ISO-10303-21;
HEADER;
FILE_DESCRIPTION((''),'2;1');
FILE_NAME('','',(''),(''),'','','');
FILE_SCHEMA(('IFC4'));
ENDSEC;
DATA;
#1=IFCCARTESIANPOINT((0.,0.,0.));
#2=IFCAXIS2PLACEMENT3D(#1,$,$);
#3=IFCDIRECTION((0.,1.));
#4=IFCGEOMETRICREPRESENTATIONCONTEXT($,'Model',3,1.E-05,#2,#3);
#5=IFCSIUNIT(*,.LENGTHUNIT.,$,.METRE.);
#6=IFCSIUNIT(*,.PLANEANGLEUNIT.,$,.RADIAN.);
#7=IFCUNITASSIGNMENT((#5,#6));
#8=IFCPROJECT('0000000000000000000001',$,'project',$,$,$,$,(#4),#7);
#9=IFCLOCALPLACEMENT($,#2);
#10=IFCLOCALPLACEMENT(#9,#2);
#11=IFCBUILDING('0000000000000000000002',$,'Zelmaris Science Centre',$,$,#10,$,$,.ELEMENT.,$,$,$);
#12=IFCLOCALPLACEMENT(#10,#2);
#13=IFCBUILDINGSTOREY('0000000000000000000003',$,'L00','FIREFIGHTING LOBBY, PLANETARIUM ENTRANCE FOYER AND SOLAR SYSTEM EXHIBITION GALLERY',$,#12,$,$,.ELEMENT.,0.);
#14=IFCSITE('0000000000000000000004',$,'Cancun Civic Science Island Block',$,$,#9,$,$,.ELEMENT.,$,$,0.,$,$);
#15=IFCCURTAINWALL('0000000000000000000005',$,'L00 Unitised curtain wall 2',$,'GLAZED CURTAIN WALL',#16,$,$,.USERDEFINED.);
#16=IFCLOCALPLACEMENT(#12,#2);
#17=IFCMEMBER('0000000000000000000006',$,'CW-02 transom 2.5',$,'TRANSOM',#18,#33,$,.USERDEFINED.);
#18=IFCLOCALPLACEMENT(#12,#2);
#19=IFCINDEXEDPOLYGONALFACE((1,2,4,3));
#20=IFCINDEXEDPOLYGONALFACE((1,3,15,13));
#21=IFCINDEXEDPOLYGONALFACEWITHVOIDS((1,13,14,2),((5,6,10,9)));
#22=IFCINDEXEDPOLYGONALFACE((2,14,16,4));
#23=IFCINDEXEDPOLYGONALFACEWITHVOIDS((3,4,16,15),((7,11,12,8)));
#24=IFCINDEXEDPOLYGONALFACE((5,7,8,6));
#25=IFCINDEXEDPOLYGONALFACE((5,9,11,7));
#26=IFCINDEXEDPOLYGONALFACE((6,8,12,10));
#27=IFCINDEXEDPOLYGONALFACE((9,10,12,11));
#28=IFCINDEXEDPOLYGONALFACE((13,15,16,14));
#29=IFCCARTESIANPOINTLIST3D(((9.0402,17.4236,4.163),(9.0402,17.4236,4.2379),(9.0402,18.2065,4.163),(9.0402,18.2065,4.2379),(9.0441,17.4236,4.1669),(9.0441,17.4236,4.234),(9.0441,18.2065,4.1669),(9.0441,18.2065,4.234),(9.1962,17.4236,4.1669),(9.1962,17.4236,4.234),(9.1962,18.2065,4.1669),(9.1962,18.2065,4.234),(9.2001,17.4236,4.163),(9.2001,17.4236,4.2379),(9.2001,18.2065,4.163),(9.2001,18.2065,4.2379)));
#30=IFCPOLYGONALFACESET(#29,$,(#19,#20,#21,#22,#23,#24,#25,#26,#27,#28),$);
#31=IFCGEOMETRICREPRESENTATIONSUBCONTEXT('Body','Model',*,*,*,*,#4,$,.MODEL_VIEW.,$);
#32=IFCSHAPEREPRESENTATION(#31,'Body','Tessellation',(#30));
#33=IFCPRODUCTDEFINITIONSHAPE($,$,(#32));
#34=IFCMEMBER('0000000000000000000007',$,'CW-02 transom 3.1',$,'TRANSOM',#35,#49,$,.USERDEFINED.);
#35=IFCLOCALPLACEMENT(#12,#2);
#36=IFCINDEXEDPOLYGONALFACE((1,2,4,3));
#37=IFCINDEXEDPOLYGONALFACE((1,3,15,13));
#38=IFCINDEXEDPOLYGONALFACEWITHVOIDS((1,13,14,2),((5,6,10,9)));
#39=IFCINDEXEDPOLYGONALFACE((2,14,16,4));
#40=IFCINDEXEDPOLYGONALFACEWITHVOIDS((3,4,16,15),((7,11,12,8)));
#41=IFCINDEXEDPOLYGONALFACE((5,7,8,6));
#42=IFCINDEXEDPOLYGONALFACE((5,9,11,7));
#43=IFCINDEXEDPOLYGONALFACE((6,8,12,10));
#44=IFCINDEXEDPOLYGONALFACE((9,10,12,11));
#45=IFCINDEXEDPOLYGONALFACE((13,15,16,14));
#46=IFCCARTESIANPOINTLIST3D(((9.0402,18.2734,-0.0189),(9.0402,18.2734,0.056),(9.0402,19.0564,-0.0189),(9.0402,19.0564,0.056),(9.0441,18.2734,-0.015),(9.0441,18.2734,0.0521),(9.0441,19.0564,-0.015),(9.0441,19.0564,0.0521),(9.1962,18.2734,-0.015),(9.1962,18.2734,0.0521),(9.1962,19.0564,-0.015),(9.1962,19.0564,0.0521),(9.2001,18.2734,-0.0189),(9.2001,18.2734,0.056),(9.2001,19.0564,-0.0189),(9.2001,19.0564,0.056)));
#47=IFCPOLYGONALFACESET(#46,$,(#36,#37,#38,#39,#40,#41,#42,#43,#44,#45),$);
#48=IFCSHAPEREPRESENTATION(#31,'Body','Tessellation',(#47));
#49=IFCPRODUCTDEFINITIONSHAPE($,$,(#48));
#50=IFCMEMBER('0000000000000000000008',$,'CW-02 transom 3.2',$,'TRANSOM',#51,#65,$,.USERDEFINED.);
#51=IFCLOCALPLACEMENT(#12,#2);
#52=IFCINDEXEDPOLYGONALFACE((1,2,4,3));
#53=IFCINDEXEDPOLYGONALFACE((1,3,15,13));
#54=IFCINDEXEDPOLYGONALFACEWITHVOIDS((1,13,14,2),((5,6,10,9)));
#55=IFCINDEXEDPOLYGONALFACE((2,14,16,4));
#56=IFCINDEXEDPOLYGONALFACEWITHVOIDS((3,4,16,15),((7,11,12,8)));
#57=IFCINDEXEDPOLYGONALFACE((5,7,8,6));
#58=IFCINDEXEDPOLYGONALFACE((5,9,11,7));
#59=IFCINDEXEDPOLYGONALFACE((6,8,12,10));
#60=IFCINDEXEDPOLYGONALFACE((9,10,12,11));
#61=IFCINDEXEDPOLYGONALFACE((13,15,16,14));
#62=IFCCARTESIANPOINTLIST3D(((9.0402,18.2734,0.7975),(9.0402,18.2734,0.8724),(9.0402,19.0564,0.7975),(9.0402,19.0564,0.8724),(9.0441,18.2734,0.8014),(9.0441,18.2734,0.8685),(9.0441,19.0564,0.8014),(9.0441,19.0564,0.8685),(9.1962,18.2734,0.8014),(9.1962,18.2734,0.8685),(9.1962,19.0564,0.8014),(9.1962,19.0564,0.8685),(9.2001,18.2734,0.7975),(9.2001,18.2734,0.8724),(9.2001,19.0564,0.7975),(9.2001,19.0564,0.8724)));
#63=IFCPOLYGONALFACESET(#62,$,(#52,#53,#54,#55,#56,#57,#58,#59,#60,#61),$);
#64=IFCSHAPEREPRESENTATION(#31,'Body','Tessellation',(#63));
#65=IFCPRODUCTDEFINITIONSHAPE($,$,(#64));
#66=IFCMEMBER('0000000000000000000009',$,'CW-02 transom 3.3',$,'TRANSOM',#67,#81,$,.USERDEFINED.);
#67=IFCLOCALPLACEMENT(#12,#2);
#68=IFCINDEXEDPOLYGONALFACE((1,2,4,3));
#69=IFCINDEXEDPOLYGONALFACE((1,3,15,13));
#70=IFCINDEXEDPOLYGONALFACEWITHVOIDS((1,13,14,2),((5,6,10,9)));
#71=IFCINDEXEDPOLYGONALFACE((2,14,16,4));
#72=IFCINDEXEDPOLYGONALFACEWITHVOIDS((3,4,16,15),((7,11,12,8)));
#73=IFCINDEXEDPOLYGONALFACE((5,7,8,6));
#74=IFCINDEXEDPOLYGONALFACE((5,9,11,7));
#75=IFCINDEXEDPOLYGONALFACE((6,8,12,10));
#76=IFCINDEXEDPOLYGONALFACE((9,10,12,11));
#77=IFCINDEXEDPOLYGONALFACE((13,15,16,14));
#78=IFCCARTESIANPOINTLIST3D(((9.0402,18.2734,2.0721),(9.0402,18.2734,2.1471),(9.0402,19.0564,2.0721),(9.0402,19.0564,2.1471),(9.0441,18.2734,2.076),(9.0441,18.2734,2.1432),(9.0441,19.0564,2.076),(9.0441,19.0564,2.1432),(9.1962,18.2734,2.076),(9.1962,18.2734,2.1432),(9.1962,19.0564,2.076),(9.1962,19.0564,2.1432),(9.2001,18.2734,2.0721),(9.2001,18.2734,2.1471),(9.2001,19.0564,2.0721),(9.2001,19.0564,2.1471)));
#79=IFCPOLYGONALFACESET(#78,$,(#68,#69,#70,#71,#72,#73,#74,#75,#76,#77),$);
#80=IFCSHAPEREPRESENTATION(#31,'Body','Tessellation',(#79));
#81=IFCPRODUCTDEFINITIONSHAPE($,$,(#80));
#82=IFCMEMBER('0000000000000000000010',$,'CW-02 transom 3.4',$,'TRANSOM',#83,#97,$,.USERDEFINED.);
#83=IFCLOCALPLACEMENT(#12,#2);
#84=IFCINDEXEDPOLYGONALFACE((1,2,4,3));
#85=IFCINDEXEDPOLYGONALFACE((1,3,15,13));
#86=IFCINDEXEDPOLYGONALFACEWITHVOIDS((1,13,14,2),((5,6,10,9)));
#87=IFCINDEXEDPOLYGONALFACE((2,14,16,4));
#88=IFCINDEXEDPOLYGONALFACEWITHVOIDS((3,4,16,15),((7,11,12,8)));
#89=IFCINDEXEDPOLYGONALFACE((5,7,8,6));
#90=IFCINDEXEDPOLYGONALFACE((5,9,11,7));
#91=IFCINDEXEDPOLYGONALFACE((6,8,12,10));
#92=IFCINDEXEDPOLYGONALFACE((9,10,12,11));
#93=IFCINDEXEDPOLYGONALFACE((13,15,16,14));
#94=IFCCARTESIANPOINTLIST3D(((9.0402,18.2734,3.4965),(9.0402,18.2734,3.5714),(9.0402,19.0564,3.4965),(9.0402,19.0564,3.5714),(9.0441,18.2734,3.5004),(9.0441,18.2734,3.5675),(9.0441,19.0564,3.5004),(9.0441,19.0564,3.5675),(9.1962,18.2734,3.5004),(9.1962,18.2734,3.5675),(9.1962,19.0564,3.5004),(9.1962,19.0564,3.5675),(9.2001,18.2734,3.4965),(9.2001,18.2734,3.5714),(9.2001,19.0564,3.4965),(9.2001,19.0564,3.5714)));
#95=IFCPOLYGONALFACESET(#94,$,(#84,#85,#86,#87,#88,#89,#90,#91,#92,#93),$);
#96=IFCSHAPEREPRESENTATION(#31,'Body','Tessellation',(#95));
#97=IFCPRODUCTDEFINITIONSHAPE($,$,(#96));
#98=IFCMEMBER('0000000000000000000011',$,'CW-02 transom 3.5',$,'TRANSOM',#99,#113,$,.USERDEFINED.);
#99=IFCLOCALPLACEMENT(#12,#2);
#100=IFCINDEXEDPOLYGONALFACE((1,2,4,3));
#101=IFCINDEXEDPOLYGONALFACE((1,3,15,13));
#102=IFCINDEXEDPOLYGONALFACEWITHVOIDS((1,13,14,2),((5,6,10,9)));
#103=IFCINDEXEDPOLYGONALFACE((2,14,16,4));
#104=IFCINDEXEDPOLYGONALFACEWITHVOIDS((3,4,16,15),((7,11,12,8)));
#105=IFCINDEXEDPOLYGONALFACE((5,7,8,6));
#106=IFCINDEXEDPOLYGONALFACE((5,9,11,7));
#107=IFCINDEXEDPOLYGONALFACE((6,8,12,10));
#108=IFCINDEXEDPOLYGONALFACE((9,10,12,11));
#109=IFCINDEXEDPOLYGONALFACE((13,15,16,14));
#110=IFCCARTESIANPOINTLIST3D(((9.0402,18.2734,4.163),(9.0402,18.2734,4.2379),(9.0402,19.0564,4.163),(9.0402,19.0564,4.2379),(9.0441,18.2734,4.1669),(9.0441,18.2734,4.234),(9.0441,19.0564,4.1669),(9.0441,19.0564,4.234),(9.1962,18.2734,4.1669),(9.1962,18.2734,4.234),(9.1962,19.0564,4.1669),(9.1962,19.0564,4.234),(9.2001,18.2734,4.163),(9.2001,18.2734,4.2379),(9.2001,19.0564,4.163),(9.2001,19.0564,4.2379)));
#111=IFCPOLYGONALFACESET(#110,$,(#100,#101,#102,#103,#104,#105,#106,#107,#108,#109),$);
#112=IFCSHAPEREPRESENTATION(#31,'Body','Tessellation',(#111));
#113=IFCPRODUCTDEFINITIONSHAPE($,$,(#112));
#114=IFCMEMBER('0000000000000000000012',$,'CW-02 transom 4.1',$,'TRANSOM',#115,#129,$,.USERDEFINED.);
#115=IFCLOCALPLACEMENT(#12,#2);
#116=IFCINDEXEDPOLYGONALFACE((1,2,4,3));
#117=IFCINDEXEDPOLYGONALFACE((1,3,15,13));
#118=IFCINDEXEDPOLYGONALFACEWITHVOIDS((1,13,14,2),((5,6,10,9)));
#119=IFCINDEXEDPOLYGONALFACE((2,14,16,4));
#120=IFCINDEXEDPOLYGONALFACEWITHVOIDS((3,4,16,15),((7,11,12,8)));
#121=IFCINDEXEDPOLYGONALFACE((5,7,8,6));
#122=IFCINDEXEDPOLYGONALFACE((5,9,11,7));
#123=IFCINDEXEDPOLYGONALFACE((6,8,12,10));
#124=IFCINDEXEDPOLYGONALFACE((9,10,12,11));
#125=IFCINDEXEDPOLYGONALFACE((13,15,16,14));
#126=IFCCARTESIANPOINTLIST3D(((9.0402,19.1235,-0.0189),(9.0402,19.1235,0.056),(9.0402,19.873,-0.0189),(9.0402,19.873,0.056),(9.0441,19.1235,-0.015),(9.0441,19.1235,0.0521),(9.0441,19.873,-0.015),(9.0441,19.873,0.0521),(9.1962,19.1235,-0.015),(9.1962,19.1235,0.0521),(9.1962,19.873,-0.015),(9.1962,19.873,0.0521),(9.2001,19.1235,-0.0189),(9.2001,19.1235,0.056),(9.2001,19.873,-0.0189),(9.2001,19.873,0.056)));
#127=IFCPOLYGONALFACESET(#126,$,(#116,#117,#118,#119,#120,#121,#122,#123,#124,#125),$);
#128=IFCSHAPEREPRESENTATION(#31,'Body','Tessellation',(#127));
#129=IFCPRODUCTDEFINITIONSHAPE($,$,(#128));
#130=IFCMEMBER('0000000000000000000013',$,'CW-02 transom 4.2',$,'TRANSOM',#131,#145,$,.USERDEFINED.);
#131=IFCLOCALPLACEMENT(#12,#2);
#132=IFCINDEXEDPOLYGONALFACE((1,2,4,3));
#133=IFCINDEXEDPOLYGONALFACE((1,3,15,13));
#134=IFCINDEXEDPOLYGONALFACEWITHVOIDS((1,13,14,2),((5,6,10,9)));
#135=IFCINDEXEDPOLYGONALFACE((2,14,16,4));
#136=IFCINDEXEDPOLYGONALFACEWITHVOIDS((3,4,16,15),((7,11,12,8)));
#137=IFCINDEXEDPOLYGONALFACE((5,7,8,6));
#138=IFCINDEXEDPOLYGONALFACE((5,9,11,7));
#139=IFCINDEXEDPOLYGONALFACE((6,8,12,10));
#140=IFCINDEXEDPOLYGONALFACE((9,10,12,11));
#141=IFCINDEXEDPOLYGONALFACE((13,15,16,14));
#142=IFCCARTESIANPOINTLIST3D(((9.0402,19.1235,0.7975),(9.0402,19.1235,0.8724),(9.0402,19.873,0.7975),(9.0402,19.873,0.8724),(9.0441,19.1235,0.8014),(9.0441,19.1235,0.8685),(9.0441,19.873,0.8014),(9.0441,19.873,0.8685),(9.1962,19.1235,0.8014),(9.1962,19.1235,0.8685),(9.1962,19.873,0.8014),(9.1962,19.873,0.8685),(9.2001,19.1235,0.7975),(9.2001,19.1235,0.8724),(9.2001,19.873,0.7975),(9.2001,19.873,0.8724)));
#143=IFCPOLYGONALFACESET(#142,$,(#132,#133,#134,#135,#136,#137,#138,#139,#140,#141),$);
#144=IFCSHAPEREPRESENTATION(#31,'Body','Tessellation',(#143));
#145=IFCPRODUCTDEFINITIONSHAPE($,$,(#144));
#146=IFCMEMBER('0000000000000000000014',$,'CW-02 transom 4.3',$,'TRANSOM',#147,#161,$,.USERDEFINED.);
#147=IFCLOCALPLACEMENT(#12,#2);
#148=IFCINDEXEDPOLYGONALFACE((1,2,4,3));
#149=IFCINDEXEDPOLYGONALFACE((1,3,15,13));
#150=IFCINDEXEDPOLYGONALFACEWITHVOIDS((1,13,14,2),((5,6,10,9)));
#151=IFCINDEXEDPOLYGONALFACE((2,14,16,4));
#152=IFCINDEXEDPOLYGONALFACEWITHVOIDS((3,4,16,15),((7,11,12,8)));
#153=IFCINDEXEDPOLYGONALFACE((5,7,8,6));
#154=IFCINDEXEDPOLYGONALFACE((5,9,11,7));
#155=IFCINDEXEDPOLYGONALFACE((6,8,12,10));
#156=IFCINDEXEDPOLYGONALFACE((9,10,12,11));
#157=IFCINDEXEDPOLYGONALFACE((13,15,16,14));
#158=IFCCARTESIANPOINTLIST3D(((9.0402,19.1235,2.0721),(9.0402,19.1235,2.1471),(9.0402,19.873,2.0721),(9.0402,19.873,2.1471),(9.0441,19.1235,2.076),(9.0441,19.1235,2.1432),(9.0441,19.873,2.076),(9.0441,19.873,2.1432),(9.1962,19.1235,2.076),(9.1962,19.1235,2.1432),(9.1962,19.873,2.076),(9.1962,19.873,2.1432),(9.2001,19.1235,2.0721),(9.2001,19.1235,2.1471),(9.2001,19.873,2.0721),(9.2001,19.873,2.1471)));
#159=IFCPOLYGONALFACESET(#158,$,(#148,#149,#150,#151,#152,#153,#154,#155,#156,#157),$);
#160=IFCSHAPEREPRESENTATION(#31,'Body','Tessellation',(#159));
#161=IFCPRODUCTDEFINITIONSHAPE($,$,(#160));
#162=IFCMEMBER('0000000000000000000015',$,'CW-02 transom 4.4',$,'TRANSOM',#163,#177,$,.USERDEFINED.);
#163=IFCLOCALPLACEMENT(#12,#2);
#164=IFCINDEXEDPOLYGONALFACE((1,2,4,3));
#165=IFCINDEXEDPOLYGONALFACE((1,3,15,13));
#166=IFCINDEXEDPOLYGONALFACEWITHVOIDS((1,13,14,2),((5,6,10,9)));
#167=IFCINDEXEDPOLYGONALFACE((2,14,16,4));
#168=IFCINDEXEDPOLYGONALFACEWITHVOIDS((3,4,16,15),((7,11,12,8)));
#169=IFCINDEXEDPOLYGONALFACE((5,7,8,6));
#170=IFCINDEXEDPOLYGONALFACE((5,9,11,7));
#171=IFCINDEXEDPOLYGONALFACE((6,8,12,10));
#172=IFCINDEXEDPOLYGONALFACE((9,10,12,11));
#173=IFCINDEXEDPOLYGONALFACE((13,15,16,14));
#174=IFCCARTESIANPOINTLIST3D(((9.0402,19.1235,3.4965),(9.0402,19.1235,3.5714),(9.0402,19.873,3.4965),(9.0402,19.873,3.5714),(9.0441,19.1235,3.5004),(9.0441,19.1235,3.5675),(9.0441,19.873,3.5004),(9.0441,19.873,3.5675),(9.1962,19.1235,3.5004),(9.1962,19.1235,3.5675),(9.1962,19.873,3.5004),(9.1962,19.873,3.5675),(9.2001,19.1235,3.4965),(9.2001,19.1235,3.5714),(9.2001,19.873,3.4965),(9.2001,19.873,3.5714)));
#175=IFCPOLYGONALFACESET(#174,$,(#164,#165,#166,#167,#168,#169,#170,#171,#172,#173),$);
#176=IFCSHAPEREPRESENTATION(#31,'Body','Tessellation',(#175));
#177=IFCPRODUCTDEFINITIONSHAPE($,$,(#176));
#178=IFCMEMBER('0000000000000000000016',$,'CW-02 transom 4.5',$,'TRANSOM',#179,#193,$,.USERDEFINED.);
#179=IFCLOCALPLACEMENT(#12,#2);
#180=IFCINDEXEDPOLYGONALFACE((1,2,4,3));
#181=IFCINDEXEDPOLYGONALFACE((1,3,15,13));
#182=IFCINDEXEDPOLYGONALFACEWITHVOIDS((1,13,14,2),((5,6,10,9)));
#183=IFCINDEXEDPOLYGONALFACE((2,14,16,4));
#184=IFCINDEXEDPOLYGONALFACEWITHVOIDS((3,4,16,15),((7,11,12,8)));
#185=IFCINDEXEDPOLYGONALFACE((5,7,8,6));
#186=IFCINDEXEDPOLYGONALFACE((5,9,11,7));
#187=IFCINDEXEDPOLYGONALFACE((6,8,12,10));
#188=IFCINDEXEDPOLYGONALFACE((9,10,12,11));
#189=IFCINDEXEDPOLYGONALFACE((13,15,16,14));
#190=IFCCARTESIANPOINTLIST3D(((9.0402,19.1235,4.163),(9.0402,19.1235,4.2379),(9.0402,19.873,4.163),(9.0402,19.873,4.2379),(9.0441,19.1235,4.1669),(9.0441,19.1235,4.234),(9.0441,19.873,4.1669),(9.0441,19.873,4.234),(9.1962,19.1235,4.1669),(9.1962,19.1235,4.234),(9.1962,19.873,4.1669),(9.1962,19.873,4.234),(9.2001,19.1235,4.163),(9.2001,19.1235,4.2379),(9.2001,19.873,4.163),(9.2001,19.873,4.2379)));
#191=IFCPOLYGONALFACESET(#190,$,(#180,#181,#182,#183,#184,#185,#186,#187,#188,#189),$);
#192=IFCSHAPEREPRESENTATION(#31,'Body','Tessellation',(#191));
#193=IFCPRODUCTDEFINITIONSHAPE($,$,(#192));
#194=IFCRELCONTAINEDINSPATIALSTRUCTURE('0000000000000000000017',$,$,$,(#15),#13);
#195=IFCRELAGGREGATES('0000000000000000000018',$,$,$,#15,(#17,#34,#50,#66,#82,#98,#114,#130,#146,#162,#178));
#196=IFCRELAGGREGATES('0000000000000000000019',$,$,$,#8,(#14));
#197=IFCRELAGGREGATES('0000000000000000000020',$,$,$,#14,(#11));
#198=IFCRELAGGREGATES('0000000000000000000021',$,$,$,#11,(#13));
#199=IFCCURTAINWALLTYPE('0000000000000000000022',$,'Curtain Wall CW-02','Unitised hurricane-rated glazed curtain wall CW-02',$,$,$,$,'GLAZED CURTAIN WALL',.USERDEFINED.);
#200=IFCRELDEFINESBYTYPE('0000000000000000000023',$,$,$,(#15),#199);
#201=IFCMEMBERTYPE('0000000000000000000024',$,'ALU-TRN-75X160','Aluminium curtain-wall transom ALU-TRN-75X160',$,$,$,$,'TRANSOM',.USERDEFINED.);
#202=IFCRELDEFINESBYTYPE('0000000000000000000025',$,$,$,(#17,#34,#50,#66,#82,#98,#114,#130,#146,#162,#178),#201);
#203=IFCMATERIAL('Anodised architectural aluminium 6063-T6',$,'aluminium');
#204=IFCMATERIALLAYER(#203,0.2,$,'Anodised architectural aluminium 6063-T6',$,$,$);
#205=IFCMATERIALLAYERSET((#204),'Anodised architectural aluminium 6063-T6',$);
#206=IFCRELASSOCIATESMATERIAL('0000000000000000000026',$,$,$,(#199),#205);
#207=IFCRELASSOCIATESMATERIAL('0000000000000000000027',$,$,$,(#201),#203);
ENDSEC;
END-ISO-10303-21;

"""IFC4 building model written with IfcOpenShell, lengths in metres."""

from ifc_helpers import new_model, si_unit, direction, frame, origin, origin_2d, place, context, subcontext, project, spatial, hollow_rectangle, extrude, material, layer, layer_set, material_profile, profile_set, type_object, element, aggregate, save


model = new_model("IFC4")

# Units and contexts
model_context = context("Model", 3, precision=1e-05, world=origin(), true_north=direction((0.0, 1.0)))
body_context = subcontext(model_context, "Body", "Model", "MODEL_VIEW")
ifc_project = project(units=[si_unit("LENGTHUNIT", "METRE"), si_unit("PLANEANGLEUNIT", "RADIAN")], contexts=[model_context])

# Site, building, storey
site_placement = place(None, origin())
site = spatial("IfcSite", under=ifc_project, at=site_placement, Name="Cancun Civic Science Island Block", CompositionType="ELEMENT", RefElevation=0.0)
building_placement = place(site_placement, origin())
building = spatial("IfcBuilding", under=site, at=building_placement, Name="Zelmaris Science Centre", CompositionType="ELEMENT")
storey_placement = place(building_placement, origin())
storey = spatial("IfcBuildingStorey", under=building, at=storey_placement, Name="L00", Description="FIREFIGHTING LOBBY, PLANETARIUM ENTRANCE FOYER AND SOLAR SYSTEM EXHIBITION GALLERY", CompositionType="ELEMENT", Elevation=0.0)

# Shared definitions
ifc_material_1 = material(Name="Anodised architectural aluminium 6063-T6", Category="aluminium")

# Curtain wall, members
ifc_layer_1 = layer(ifc_material_1, 0.2, Name="Anodised architectural aluminium 6063-T6")
ifc_layer_set_1 = layer_set([ifc_layer_1], Name="Anodised architectural aluminium 6063-T6")
curtain_wall_type_1 = type_object("IfcCurtainWallType", Name="Curtain Wall CW-02", Description="Unitised hurricane-rated glazed curtain wall CW-02", ElementType="GLAZED CURTAIN WALL", PredefinedType="USERDEFINED", material=ifc_layer_set_1)
curtain_wall_1_placement = place(storey_placement, origin())
curtain_wall_1 = element("IfcCurtainWall", 1, at=curtain_wall_1_placement, inside=storey, type_object=curtain_wall_type_1, Name="L00 Unitised curtain wall 2", ObjectType="GLAZED CURTAIN WALL", PredefinedType="USERDEFINED")
ifc_material_profile_1 = material_profile(ifc_material_1, hollow_rectangle(XDim=0.075, YDim=0.1599, WallThickness=0.0039, at=origin_2d()), Name="ALU-TRN-75X160")
ifc_profile_set_1 = profile_set([ifc_material_profile_1], Name="Anodised architectural aluminium 6063-T6")
member_type_1 = type_object("IfcMemberType", Name="ALU-TRN-75X160", Description="Aluminium curtain-wall transom ALU-TRN-75X160", ElementType="TRANSOM", PredefinedType="USERDEFINED", material=ifc_profile_set_1)
member_1_placement = place(storey_placement, frame((9.1201, 17.4236, 4.2004), z_axis=(0.0, 1.0, 0.0), x_axis=(0.0, 0.0, 1.0)))
member_1 = element("IfcMember", 2, at=member_1_placement, type_object=member_type_1, Name="CW-02 transom 2.5", ObjectType="TRANSOM", PredefinedType="USERDEFINED", context=body_context, shape_type="SweptSolid", body=[
    extrude(hollow_rectangle(XDim=0.075, YDim=0.1599, WallThickness=0.0039, at=origin_2d()), origin(), (0.0, 0.0, 1.0), 0.783),
])
member_2_placement = place(storey_placement, frame((9.1201, 18.2734, 0.0186), z_axis=(0.0, 1.0, 0.0), x_axis=(0.0, 0.0, 1.0)))
member_2 = element("IfcMember", 3, at=member_2_placement, type_object=member_type_1, Name="CW-02 transom 3.1", ObjectType="TRANSOM", PredefinedType="USERDEFINED", context=body_context, shape_type="SweptSolid", body=[
    extrude(hollow_rectangle(XDim=0.075, YDim=0.1599, WallThickness=0.0039, at=origin_2d()), origin(), (0.0, 0.0, 1.0), 0.783),
])
member_3_placement = place(storey_placement, frame((9.1201, 18.2734, 0.835), z_axis=(0.0, 1.0, 0.0), x_axis=(0.0, 0.0, 1.0)))
member_3 = element("IfcMember", 4, at=member_3_placement, type_object=member_type_1, Name="CW-02 transom 3.2", ObjectType="TRANSOM", PredefinedType="USERDEFINED", context=body_context, shape_type="SweptSolid", body=[
    extrude(hollow_rectangle(XDim=0.075, YDim=0.1599, WallThickness=0.0039, at=origin_2d()), origin(), (0.0, 0.0, 1.0), 0.783),
])
member_4_placement = place(storey_placement, frame((9.1201, 18.2734, 2.1096), z_axis=(0.0, 1.0, 0.0), x_axis=(0.0, 0.0, 1.0)))
member_4 = element("IfcMember", 5, at=member_4_placement, type_object=member_type_1, Name="CW-02 transom 3.3", ObjectType="TRANSOM", PredefinedType="USERDEFINED", context=body_context, shape_type="SweptSolid", body=[
    extrude(hollow_rectangle(XDim=0.075, YDim=0.1599, WallThickness=0.0039, at=origin_2d()), origin(), (0.0, 0.0, 1.0), 0.783),
])
member_5_placement = place(storey_placement, frame((9.1201, 18.2734, 3.5339), z_axis=(0.0, 1.0, 0.0), x_axis=(0.0, 0.0, 1.0)))
member_5 = element("IfcMember", 6, at=member_5_placement, type_object=member_type_1, Name="CW-02 transom 3.4", ObjectType="TRANSOM", PredefinedType="USERDEFINED", context=body_context, shape_type="SweptSolid", body=[
    extrude(hollow_rectangle(XDim=0.075, YDim=0.1599, WallThickness=0.0039, at=origin_2d()), origin(), (0.0, 0.0, 1.0), 0.783),
])
member_6_placement = place(storey_placement, frame((9.1201, 18.2734, 4.2004), z_axis=(0.0, 1.0, 0.0), x_axis=(0.0, 0.0, 1.0)))
member_6 = element("IfcMember", 7, at=member_6_placement, type_object=member_type_1, Name="CW-02 transom 3.5", ObjectType="TRANSOM", PredefinedType="USERDEFINED", context=body_context, shape_type="SweptSolid", body=[
    extrude(hollow_rectangle(XDim=0.075, YDim=0.1599, WallThickness=0.0039, at=origin_2d()), origin(), (0.0, 0.0, 1.0), 0.783),
])
member_7_placement = place(storey_placement, frame((9.1201, 19.1235, 0.0186), z_axis=(0.0, 1.0, 0.0), x_axis=(0.0, 0.0, 1.0)))
member_7 = element("IfcMember", 8, at=member_7_placement, type_object=member_type_1, Name="CW-02 transom 4.1", ObjectType="TRANSOM", PredefinedType="USERDEFINED", context=body_context, shape_type="SweptSolid", body=[
    extrude(hollow_rectangle(XDim=0.075, YDim=0.1599, WallThickness=0.0039, at=origin_2d()), origin(), (0.0, 0.0, 1.0), 0.7495),
])
member_8_placement = place(storey_placement, frame((9.1201, 19.1235, 0.835), z_axis=(0.0, 1.0, 0.0), x_axis=(0.0, 0.0, 1.0)))
member_8 = element("IfcMember", 9, at=member_8_placement, type_object=member_type_1, Name="CW-02 transom 4.2", ObjectType="TRANSOM", PredefinedType="USERDEFINED", context=body_context, shape_type="SweptSolid", body=[
    extrude(hollow_rectangle(XDim=0.075, YDim=0.1599, WallThickness=0.0039, at=origin_2d()), origin(), (0.0, 0.0, 1.0), 0.7495),
])
member_9_placement = place(storey_placement, frame((9.1201, 19.1235, 2.1096), z_axis=(0.0, 1.0, 0.0), x_axis=(0.0, 0.0, 1.0)))
member_9 = element("IfcMember", 10, at=member_9_placement, type_object=member_type_1, Name="CW-02 transom 4.3", ObjectType="TRANSOM", PredefinedType="USERDEFINED", context=body_context, shape_type="SweptSolid", body=[
    extrude(hollow_rectangle(XDim=0.075, YDim=0.1599, WallThickness=0.0039, at=origin_2d()), origin(), (0.0, 0.0, 1.0), 0.7495),
])
member_10_placement = place(storey_placement, frame((9.1201, 19.1235, 3.5339), z_axis=(0.0, 1.0, 0.0), x_axis=(0.0, 0.0, 1.0)))
member_10 = element("IfcMember", 11, at=member_10_placement, type_object=member_type_1, Name="CW-02 transom 4.4", ObjectType="TRANSOM", PredefinedType="USERDEFINED", context=body_context, shape_type="SweptSolid", body=[
    extrude(hollow_rectangle(XDim=0.075, YDim=0.1599, WallThickness=0.0039, at=origin_2d()), origin(), (0.0, 0.0, 1.0), 0.7495),
])
member_11_placement = place(storey_placement, frame((9.1201, 19.1235, 4.2004), z_axis=(0.0, 1.0, 0.0), x_axis=(0.0, 0.0, 1.0)))
member_11 = element("IfcMember", 12, at=member_11_placement, type_object=member_type_1, Name="CW-02 transom 4.5", ObjectType="TRANSOM", PredefinedType="USERDEFINED", context=body_context, shape_type="SweptSolid", body=[
    extrude(hollow_rectangle(XDim=0.075, YDim=0.1599, WallThickness=0.0039, at=origin_2d()), origin(), (0.0, 0.0, 1.0), 0.7495),
])

aggregate(curtain_wall_1, [member_1, member_2, member_3, member_4, member_5, member_6, member_7, member_8, member_9, member_10, member_11])

save(model, "model.ifc")
